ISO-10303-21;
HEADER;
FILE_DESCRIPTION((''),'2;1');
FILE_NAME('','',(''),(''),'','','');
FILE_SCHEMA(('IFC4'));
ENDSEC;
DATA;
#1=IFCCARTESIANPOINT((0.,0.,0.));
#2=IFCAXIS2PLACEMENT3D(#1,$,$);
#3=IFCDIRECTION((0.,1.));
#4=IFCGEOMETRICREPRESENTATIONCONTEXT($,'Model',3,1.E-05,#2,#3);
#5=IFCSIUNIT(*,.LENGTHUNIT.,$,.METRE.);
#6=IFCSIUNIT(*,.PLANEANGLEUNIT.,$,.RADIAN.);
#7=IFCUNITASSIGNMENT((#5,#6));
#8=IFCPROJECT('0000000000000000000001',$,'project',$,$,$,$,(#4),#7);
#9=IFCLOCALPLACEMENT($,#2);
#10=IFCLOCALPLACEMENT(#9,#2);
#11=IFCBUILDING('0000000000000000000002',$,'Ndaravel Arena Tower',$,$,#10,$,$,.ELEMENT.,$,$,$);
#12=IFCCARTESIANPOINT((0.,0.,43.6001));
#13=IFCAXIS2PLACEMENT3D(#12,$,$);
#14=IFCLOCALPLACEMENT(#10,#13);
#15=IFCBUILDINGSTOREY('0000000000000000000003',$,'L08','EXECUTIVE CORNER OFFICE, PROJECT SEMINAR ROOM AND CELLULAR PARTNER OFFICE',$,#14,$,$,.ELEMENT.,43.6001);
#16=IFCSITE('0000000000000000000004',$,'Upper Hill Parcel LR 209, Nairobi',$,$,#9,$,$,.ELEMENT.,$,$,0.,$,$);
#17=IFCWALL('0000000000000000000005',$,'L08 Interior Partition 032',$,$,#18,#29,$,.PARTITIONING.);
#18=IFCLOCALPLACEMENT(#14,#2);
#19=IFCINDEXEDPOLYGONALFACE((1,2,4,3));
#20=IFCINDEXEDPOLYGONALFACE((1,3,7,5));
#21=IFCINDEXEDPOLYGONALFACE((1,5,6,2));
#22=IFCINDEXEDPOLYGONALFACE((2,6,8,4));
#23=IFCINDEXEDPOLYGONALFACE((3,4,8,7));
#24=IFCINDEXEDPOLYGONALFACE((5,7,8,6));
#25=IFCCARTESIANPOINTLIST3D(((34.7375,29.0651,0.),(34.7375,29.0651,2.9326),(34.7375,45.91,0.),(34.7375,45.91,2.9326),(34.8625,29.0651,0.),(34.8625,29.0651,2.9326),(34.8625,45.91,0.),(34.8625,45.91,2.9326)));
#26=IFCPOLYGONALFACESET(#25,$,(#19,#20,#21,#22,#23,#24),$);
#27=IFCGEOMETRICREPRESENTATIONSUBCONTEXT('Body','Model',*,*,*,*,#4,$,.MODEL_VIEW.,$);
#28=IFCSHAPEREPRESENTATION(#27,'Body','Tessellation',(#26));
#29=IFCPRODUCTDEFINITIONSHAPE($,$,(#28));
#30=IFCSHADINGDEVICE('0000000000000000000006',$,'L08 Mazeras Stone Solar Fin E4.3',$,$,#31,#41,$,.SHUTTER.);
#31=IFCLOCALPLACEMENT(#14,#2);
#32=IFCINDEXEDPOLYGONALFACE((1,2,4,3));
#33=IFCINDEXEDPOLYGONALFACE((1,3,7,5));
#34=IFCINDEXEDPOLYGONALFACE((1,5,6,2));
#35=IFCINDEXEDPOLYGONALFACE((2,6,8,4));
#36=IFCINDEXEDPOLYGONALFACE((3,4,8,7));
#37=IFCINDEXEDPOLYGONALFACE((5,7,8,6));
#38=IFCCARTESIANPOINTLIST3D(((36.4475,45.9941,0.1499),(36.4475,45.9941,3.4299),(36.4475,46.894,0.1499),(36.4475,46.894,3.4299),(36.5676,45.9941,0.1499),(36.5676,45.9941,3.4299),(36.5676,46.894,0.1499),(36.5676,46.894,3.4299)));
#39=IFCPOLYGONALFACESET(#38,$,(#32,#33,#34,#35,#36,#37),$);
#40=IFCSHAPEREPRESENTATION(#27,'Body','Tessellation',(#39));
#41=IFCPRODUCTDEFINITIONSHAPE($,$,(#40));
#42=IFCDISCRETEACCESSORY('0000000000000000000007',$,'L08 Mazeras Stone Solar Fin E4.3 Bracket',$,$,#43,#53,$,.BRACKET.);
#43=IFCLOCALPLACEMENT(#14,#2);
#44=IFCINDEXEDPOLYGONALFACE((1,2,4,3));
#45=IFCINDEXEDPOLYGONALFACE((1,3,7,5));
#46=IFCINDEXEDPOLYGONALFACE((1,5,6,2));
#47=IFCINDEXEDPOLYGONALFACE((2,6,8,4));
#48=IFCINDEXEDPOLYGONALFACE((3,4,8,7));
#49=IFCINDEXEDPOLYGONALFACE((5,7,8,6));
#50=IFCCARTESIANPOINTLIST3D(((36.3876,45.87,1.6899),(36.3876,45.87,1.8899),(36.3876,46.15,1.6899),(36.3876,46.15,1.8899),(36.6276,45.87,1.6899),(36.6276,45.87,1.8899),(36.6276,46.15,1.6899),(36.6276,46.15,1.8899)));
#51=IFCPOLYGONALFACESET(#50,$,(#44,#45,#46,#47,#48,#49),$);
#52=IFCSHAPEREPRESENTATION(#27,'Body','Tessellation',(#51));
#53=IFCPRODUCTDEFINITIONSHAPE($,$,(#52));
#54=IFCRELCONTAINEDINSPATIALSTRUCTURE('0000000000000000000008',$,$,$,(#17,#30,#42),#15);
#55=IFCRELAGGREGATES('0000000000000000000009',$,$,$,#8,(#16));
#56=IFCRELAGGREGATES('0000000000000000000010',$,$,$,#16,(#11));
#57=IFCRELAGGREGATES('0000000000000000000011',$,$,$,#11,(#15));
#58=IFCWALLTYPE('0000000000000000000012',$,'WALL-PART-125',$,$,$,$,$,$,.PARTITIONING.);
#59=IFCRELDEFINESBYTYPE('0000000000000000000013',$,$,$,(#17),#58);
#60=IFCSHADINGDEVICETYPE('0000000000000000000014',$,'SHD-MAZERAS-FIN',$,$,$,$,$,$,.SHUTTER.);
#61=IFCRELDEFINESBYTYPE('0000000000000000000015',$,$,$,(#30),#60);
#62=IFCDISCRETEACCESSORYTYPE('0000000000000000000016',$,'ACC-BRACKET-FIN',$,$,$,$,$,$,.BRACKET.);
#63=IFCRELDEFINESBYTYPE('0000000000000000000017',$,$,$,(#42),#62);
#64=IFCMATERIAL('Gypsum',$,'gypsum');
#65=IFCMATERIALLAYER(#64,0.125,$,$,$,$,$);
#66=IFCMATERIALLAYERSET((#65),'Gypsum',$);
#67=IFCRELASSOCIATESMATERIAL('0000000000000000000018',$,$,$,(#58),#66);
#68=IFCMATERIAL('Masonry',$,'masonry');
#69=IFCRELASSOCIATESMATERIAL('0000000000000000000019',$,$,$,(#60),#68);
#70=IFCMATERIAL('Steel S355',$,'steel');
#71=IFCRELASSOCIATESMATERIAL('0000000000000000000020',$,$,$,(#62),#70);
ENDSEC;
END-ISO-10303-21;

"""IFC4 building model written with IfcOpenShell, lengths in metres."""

from ifc_helpers import new_model, si_unit, direction, frame, frame_2d, origin, origin_2d, place, context, subcontext, project, spatial, rectangle, extrude, material, layer, layer_set, type_object, element, save


model = new_model("IFC4")

# Units and contexts
model_context = context("Model", 3, precision=1e-05, world=origin(), true_north=direction((0.0, 1.0)))
body_context = subcontext(model_context, "Body", "Model", "MODEL_VIEW")
ifc_project = project(units=[si_unit("LENGTHUNIT", "METRE"), si_unit("PLANEANGLEUNIT", "RADIAN")], contexts=[model_context])

# Site, building, storey
site_placement = place(None, origin())
site = spatial("IfcSite", under=ifc_project, at=site_placement, Name="Upper Hill Parcel LR 209, Nairobi", CompositionType="ELEMENT", RefElevation=0.0)
building_placement = place(site_placement, origin())
building = spatial("IfcBuilding", under=site, at=building_placement, Name="Ndaravel Arena Tower", CompositionType="ELEMENT")
storey_placement = place(building_placement, frame((0.0, 0.0, 43.6001)))
storey = spatial("IfcBuildingStorey", under=building, at=storey_placement, Name="L08", Description="EXECUTIVE CORNER OFFICE, PROJECT SEMINAR ROOM AND CELLULAR PARTNER OFFICE", CompositionType="ELEMENT", Elevation=43.6001)

# Wall
ifc_material_1 = material(Name="Gypsum", Category="gypsum")
ifc_layer_1 = layer(ifc_material_1, 0.125)
ifc_layer_set_1 = layer_set([ifc_layer_1], Name="Gypsum")
wall_type = type_object("IfcWallType", Name="WALL-PART-125", PredefinedType="PARTITIONING", material=ifc_layer_set_1)
wall_placement = place(storey_placement, frame((34.8, 45.9099, 0.0), z_axis=(0.0, 0.0, 1.0), x_axis=(0.0, -1.0, 0.0)))
element("IfcWall", 1, at=wall_placement, inside=storey, type_object=wall_type, Name="L08 Interior Partition 032", PredefinedType="PARTITIONING", context=body_context, shape_type="SweptSolid", body=[
    extrude(rectangle(XDim=16.845, YDim=0.125, at=frame_2d((8.4224, 0.0))), origin(), (0.0, 0.0, 1.0), 2.9326),
])

# Shading device
ifc_material_2 = material(Name="Masonry", Category="masonry")
shading_device_type = type_object("IfcShadingDeviceType", Name="SHD-MAZERAS-FIN", PredefinedType="SHUTTER", material=ifc_material_2)
shading_device_placement = place(storey_placement, frame((36.5076, 46.4441, 0.1499), z_axis=(0.0, 0.0, 1.0), x_axis=(0.0, 1.0, 0.0)))
element("IfcShadingDevice", 2, at=shading_device_placement, inside=storey, type_object=shading_device_type, Name="L08 Mazeras Stone Solar Fin E4.3", PredefinedType="SHUTTER", context=body_context, shape_type="SweptSolid", body=[
    extrude(rectangle(XDim=0.8999, YDim=0.1201, at=origin_2d()), origin(), (0.0, 0.0, 1.0), 3.28),
])

# Discrete accessory
ifc_material_3 = material(Name="Steel S355", Category="steel")
discrete_accessory_type = type_object("IfcDiscreteAccessoryType", Name="ACC-BRACKET-FIN", PredefinedType="BRACKET", material=ifc_material_3)
discrete_accessory_placement = place(storey_placement, frame((36.5076, 46.01, 1.6899), z_axis=(0.0, 0.0, 1.0), x_axis=(0.0, 1.0, 0.0)))
element("IfcDiscreteAccessory", 3, at=discrete_accessory_placement, inside=storey, type_object=discrete_accessory_type, Name="L08 Mazeras Stone Solar Fin E4.3 Bracket", PredefinedType="BRACKET", context=body_context, shape_type="SweptSolid", body=[
    extrude(rectangle(XDim=0.28, YDim=0.24, at=origin_2d()), origin(), (0.0, 0.0, 1.0), 0.2),
])

save(model, "model.ifc")
